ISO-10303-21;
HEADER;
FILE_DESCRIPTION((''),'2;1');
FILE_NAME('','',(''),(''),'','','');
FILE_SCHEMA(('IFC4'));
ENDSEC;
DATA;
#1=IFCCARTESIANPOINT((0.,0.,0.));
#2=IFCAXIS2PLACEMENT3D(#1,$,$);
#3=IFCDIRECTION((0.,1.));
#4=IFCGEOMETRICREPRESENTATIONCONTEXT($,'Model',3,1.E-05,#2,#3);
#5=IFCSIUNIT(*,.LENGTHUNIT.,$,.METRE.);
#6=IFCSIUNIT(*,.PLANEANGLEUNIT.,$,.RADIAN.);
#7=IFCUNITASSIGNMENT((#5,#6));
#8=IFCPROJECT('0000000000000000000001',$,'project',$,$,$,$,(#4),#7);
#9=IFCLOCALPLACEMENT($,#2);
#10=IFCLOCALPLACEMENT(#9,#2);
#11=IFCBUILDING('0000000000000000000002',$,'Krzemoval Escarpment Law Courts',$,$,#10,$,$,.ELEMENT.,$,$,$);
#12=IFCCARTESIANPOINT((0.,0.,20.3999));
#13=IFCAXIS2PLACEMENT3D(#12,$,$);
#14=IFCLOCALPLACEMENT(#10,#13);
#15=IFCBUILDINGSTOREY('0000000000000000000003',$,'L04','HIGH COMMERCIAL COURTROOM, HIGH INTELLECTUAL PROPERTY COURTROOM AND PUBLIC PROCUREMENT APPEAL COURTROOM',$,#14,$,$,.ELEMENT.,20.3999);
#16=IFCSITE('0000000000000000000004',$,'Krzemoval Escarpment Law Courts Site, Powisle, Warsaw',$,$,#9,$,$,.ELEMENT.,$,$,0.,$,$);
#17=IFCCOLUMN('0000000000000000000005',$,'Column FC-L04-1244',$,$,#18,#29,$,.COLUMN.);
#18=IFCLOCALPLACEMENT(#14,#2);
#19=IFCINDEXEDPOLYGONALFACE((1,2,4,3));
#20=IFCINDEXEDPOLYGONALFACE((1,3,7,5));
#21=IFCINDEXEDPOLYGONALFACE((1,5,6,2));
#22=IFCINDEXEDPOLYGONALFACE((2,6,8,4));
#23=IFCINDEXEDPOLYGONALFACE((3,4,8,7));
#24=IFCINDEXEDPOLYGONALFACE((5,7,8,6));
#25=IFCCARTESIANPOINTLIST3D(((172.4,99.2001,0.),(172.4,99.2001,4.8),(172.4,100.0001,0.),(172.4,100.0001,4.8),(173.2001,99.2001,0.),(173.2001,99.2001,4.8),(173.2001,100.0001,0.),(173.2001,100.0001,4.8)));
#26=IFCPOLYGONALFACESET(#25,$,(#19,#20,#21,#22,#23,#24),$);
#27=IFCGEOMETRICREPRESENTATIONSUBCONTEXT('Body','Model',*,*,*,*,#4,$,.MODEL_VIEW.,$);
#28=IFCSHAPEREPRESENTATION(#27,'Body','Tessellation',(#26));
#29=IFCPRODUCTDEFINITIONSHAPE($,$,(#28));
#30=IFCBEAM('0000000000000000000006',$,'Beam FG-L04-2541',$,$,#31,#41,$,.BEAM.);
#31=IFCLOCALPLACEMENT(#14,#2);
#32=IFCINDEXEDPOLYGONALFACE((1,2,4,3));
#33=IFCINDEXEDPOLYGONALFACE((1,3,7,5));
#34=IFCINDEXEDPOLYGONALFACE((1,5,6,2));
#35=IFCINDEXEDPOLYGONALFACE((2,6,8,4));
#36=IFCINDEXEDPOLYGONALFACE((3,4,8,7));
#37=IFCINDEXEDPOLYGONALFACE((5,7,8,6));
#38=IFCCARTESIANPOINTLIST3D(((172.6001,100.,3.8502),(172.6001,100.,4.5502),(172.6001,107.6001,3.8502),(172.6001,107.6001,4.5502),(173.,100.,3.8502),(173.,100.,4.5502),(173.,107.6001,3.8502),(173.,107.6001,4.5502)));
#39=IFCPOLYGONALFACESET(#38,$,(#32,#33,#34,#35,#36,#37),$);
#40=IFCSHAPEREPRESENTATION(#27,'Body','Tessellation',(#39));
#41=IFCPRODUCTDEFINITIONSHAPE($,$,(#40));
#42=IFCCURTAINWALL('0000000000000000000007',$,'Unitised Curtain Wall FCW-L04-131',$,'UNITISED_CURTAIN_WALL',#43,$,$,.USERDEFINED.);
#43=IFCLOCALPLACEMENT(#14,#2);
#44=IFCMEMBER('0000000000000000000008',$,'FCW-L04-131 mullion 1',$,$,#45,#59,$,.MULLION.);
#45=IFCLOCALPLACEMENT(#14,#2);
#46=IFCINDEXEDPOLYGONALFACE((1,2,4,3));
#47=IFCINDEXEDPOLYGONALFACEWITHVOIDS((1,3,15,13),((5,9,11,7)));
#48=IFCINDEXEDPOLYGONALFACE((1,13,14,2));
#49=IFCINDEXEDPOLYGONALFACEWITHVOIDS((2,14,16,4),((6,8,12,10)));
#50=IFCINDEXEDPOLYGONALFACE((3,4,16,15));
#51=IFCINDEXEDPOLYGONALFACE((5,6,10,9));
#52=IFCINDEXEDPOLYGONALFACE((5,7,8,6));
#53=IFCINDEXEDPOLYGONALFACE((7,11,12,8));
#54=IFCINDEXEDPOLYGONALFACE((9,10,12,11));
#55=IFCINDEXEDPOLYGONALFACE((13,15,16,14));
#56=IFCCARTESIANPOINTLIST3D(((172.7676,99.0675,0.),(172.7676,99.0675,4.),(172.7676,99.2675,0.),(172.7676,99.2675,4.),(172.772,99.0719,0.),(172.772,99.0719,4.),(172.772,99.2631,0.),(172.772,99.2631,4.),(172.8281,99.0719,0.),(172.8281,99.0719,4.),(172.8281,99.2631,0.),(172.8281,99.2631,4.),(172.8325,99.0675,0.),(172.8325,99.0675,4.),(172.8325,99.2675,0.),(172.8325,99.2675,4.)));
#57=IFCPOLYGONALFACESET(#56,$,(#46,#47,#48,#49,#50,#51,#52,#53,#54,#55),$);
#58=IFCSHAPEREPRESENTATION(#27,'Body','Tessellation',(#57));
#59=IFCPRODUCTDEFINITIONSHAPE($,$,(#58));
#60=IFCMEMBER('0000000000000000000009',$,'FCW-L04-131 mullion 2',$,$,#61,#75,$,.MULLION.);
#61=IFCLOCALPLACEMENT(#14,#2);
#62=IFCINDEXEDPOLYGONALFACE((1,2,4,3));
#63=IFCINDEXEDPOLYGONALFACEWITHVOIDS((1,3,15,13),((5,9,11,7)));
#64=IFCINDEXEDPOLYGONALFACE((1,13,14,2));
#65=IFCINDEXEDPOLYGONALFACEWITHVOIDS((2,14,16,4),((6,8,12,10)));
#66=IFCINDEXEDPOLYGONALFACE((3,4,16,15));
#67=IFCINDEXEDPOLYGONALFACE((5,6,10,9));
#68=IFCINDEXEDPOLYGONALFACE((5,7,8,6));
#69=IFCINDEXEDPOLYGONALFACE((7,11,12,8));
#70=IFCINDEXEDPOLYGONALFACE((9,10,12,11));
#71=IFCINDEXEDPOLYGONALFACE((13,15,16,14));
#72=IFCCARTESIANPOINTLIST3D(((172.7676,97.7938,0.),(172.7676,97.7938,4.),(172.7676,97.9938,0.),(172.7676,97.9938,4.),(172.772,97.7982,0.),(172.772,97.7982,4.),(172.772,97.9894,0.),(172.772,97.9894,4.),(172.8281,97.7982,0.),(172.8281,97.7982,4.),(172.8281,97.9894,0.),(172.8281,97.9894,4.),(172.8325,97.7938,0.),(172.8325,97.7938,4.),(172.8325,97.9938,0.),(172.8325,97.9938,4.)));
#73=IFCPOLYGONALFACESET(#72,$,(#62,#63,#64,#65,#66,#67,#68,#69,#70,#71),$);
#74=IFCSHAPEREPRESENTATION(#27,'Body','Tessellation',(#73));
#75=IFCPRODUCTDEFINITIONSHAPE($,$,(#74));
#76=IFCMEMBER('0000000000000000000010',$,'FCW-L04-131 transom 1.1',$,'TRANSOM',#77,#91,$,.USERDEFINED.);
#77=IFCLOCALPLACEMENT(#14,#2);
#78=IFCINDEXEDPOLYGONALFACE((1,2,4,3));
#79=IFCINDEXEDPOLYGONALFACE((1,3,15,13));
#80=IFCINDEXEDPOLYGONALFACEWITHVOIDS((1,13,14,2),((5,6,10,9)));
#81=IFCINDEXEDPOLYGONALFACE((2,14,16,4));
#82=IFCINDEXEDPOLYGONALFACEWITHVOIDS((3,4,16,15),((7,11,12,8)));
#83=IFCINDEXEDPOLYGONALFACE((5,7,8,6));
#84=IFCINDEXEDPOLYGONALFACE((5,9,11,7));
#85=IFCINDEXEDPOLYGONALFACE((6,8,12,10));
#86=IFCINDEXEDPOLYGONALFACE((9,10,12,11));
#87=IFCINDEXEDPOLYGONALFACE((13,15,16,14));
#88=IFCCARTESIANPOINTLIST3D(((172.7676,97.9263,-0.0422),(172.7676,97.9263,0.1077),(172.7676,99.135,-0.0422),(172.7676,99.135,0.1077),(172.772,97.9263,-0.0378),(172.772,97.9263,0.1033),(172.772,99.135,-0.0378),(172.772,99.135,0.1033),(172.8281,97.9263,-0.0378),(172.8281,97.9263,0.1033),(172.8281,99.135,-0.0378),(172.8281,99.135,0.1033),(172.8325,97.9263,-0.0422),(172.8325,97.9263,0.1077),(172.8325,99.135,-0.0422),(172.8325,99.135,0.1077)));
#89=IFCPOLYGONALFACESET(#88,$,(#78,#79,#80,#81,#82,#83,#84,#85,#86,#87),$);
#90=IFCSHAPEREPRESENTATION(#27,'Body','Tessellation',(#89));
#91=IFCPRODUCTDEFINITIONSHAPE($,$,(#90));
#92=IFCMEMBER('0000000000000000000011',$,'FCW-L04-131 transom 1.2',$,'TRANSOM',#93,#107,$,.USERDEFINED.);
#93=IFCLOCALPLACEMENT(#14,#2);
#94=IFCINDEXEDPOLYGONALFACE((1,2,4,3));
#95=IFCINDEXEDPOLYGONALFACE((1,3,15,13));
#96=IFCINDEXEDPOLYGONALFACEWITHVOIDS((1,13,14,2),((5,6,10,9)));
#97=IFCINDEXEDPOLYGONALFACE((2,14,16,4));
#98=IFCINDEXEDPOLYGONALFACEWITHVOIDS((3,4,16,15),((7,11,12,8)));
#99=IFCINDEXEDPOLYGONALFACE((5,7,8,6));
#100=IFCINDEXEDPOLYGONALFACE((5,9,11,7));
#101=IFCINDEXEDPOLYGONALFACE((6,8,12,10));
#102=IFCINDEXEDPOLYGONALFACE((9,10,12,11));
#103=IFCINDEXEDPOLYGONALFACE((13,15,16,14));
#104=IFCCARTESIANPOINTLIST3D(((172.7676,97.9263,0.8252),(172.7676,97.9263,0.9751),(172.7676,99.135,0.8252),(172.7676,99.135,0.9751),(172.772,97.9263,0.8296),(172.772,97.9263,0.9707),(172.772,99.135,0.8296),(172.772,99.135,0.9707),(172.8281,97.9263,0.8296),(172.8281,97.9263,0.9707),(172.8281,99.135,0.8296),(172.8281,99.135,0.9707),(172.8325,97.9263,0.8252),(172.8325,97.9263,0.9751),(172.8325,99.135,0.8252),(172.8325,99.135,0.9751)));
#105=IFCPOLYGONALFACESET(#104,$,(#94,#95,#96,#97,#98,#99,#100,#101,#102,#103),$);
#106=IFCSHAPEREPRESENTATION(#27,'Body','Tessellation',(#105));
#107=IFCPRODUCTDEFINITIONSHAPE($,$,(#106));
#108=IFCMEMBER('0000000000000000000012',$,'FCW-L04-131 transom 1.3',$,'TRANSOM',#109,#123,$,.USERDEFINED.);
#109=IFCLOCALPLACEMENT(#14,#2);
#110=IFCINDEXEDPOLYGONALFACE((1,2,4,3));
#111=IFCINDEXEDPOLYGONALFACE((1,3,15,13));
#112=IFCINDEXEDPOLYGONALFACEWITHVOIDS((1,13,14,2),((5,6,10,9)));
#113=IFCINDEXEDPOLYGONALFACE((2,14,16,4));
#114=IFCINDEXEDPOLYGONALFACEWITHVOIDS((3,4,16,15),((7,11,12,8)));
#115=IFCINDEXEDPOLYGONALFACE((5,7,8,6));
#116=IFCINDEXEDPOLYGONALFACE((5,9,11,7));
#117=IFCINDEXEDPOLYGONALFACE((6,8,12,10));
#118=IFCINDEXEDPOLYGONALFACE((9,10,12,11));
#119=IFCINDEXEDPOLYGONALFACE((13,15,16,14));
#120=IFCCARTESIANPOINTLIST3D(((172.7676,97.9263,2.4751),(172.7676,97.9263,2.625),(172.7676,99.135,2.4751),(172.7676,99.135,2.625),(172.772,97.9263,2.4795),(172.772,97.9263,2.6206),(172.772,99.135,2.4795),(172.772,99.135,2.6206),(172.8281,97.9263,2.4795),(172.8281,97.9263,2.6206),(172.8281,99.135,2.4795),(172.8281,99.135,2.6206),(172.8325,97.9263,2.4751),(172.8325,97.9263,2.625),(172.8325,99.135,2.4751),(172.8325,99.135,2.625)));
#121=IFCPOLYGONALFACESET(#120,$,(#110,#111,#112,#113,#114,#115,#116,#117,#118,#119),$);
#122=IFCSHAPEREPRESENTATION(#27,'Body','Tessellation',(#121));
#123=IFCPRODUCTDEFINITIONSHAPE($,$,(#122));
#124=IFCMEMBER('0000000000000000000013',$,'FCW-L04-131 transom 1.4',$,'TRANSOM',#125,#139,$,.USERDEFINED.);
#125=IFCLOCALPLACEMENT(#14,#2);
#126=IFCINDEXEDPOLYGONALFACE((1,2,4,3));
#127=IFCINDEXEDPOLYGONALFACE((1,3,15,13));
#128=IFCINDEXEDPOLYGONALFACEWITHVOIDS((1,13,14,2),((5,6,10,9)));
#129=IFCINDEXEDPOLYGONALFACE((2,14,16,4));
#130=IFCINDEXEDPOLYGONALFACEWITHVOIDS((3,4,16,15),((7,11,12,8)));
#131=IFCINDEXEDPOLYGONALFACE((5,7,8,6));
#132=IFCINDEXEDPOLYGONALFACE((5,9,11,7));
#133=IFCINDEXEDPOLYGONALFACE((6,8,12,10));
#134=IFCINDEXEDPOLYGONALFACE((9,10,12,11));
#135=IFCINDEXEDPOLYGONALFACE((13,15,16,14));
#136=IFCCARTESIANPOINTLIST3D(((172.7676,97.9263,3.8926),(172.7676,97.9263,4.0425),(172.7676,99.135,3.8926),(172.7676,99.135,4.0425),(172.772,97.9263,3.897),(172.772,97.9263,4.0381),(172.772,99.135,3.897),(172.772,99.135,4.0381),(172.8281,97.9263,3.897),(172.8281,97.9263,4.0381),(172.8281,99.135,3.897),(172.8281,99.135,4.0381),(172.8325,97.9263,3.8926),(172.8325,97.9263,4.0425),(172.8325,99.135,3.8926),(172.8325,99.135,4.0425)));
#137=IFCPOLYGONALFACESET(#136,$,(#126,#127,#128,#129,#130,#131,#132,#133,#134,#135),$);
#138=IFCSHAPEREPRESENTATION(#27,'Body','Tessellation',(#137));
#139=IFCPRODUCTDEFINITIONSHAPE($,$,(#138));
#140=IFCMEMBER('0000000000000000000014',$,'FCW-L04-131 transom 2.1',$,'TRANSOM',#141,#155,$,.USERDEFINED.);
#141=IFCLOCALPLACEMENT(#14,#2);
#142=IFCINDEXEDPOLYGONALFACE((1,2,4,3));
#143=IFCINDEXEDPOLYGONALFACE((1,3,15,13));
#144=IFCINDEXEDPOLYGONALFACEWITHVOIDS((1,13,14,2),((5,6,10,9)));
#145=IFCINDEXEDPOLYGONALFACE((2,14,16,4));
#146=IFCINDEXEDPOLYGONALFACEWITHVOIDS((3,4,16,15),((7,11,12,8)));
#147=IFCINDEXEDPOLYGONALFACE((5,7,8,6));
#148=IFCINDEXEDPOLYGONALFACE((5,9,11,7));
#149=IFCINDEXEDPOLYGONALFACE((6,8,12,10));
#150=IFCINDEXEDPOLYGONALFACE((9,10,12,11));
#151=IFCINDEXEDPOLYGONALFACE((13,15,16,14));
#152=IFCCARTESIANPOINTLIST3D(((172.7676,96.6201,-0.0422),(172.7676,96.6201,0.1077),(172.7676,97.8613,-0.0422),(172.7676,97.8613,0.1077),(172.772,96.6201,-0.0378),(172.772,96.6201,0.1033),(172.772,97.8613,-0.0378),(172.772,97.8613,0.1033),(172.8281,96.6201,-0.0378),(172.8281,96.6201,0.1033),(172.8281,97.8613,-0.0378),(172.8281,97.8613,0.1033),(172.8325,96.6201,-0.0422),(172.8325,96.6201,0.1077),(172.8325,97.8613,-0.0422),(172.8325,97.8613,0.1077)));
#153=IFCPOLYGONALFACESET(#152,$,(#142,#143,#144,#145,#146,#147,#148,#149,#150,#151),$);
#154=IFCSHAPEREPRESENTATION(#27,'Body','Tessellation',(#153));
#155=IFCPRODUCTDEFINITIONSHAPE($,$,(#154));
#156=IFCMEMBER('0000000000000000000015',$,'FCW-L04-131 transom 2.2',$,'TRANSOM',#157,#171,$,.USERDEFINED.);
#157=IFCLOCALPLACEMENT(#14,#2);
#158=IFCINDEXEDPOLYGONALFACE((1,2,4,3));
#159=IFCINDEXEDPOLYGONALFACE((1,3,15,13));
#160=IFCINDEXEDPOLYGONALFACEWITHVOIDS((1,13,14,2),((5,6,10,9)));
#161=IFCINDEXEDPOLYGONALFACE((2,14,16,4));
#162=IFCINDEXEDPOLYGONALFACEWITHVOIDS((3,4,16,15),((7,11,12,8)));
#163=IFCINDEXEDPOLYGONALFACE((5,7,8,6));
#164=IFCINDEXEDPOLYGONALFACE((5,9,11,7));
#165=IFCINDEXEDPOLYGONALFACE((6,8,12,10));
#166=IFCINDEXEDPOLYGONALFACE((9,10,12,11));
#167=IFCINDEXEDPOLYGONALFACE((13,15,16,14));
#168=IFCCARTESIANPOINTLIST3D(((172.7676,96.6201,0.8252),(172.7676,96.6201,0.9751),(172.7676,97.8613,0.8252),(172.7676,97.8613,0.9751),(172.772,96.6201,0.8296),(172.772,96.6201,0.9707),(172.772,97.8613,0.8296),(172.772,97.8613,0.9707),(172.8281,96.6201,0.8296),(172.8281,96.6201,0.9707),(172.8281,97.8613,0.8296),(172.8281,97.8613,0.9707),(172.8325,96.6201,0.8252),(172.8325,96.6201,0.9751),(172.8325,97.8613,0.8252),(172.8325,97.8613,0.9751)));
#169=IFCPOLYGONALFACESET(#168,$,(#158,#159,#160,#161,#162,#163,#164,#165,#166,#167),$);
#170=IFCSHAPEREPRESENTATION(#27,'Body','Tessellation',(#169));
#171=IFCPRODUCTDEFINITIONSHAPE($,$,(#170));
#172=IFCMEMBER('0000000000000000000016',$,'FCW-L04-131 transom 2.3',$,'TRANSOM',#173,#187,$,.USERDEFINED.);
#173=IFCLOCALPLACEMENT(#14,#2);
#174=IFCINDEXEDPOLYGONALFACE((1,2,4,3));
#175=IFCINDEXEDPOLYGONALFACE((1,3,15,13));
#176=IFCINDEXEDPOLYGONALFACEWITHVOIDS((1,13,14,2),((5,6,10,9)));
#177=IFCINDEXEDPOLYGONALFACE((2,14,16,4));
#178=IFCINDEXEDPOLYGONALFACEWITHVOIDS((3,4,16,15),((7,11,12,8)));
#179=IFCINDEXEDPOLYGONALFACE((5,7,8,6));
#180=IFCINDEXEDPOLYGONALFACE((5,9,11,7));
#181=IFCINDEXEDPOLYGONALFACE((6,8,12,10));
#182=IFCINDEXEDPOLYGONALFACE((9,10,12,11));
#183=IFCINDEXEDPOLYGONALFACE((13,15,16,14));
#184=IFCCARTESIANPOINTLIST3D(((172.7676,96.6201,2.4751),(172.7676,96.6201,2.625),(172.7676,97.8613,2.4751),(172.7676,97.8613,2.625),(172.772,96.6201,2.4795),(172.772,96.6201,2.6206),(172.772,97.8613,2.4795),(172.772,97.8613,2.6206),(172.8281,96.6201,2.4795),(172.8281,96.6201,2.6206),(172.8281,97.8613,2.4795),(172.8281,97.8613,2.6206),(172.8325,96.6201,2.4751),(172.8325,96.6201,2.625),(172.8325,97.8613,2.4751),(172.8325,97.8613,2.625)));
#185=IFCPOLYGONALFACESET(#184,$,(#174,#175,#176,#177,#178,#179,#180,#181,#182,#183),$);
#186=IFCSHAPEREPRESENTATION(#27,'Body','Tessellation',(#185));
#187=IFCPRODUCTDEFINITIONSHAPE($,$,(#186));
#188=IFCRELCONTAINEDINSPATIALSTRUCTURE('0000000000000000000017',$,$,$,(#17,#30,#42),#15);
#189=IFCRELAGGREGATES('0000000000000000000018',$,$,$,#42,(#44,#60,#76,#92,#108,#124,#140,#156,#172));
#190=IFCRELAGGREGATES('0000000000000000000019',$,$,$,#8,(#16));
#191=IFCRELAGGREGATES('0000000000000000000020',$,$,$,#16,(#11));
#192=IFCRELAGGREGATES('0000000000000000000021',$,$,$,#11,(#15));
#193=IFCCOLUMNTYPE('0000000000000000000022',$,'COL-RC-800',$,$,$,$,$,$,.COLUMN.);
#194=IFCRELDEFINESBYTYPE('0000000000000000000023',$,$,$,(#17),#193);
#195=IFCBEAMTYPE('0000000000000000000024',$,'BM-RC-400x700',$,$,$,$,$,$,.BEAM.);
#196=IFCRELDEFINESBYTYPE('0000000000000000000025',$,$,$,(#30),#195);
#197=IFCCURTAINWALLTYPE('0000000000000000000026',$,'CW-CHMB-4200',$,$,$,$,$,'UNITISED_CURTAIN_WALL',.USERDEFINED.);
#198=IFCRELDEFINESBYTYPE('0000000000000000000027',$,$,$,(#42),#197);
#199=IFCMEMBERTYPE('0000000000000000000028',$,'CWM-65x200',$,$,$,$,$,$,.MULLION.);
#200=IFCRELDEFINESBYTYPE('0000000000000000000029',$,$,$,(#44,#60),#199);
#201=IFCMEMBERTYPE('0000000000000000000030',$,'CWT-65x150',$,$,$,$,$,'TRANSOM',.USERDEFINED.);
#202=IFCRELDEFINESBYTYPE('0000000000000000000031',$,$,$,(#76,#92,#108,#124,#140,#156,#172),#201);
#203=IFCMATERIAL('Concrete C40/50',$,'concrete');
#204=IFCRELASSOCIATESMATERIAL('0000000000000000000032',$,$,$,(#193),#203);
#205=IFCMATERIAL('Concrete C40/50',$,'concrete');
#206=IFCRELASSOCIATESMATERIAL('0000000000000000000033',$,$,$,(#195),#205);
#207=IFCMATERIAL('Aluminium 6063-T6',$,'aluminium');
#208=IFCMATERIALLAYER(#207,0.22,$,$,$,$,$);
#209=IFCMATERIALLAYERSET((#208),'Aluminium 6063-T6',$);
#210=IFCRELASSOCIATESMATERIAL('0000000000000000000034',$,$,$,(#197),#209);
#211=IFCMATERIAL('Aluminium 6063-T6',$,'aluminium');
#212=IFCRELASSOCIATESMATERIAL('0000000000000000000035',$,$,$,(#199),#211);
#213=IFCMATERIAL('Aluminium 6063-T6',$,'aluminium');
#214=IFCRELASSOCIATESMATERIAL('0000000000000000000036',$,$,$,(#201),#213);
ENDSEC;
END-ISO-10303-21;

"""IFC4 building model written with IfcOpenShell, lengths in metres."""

from ifc_helpers import new_model, si_unit, direction, frame, origin, origin_2d, place, context, subcontext, project, spatial, rectangle, hollow_rectangle, extrude, material, layer, layer_set, material_profile, profile_set, type_object, element, aggregate, save


model = new_model("IFC4")

# Units and contexts
model_context = context("Model", 3, precision=1e-05, world=origin(), true_north=direction((0.0, 1.0)))
body_context = subcontext(model_context, "Body", "Model", "MODEL_VIEW")
ifc_project = project(units=[si_unit("LENGTHUNIT", "METRE"), si_unit("PLANEANGLEUNIT", "RADIAN")], contexts=[model_context])

# Site, building, storey
site_placement = place(None, origin())
site = spatial("IfcSite", under=ifc_project, at=site_placement, Name="Krzemoval Escarpment Law Courts Site, Powisle, Warsaw", CompositionType="ELEMENT", RefElevation=0.0)
building_placement = place(site_placement, origin())
building = spatial("IfcBuilding", under=site, at=building_placement, Name="Krzemoval Escarpment Law Courts", CompositionType="ELEMENT")
storey_placement = place(building_placement, frame((0.0, 0.0, 20.3999)))
storey = spatial("IfcBuildingStorey", under=building, at=storey_placement, Name="L04", Description="HIGH COMMERCIAL COURTROOM, HIGH INTELLECTUAL PROPERTY COURTROOM AND PUBLIC PROCUREMENT APPEAL COURTROOM", CompositionType="ELEMENT", Elevation=20.3999)

# Column
ifc_material_1 = material(Name="Concrete C40/50", Category="concrete")
ifc_material_profile_1 = material_profile(ifc_material_1, rectangle(XDim=0.8, YDim=0.8, at=origin_2d()), Name="RC 800x800")
ifc_profile_set_1 = profile_set([ifc_material_profile_1], Name="Concrete C40/50")
column_type = type_object("IfcColumnType", Name="COL-RC-800", PredefinedType="COLUMN", material=ifc_profile_set_1)
column_placement = place(storey_placement, frame((172.8, 99.6001, 0.0), z_axis=(0.0, 0.0, 1.0), x_axis=(1.0, 0.0, 0.0)))
element("IfcColumn", 1, at=column_placement, inside=storey, type_object=column_type, Name="Column FC-L04-1244", PredefinedType="COLUMN", context=body_context, shape_type="SweptSolid", body=[
    extrude(rectangle(XDim=0.8, YDim=0.8, at=origin_2d()), origin(), (0.0, 0.0, 1.0), 4.8),
])

# Beam
ifc_material_2 = material(Name="Concrete C40/50", Category="concrete")
ifc_material_profile_2 = material_profile(ifc_material_2, rectangle(XDim=0.3999, YDim=0.7, at=origin_2d()), Name="RCB 400x700")
ifc_profile_set_2 = profile_set([ifc_material_profile_2], Name="Concrete C40/50")
beam_type = type_object("IfcBeamType", Name="BM-RC-400x700", PredefinedType="BEAM", material=ifc_profile_set_2)
beam_placement = place(storey_placement, frame((172.8, 100.0, 4.2002), z_axis=(0.0, 1.0, 0.0), x_axis=(-1.0, 0.0, 0.0)))
element("IfcBeam", 2, at=beam_placement, inside=storey, type_object=beam_type, Name="Beam FG-L04-2541", PredefinedType="BEAM", context=body_context, shape_type="SweptSolid", body=[
    extrude(rectangle(XDim=0.3999, YDim=0.7, at=origin_2d()), origin(), (0.0, 0.0, 1.0), 7.6001),
])

# Curtain wall, members
ifc_material_3 = material(Name="Aluminium 6063-T6", Category="aluminium")
ifc_layer_1 = layer(ifc_material_3, 0.22)
ifc_layer_set_1 = layer_set([ifc_layer_1], Name="Aluminium 6063-T6")
curtain_wall_type = type_object("IfcCurtainWallType", Name="CW-CHMB-4200", ElementType="UNITISED_CURTAIN_WALL", PredefinedType="USERDEFINED", material=ifc_layer_set_1)
curtain_wall_placement = place(storey_placement, origin())
curtain_wall = element("IfcCurtainWall", 3, at=curtain_wall_placement, inside=storey, type_object=curtain_wall_type, Name="Unitised Curtain Wall FCW-L04-131", ObjectType="UNITISED_CURTAIN_WALL", PredefinedType="USERDEFINED")
ifc_material_4 = material(Name="Aluminium 6063-T6", Category="aluminium")
ifc_material_profile_3 = material_profile(ifc_material_4, hollow_rectangle(XDim=0.0649, YDim=0.2, WallThickness=0.0044, at=origin_2d()), Name="ALU M65x200")
ifc_profile_set_3 = profile_set([ifc_material_profile_3], Name="Aluminium 6063-T6")
member_type_1 = type_object("IfcMemberType", Name="CWM-65x200", PredefinedType="MULLION", material=ifc_profile_set_3)
member_1_placement = place(storey_placement, frame((172.8, 99.1675, 0.0), z_axis=(0.0, 0.0, 1.0), x_axis=(1.0, 0.0, 0.0)))
member_1 = element("IfcMember", 4, at=member_1_placement, type_object=member_type_1, Name="FCW-L04-131 mullion 1", PredefinedType="MULLION", context=body_context, shape_type="SweptSolid", body=[
    extrude(hollow_rectangle(XDim=0.0649, YDim=0.2, WallThickness=0.0044, at=origin_2d()), origin(), (0.0, 0.0, 1.0), 4.0),
])
member_2_placement = place(storey_placement, frame((172.8, 97.8938, 0.0), z_axis=(0.0, 0.0, 1.0), x_axis=(1.0, 0.0, 0.0)))
member_2 = element("IfcMember", 5, at=member_2_placement, type_object=member_type_1, Name="FCW-L04-131 mullion 2", PredefinedType="MULLION", context=body_context, shape_type="SweptSolid", body=[
    extrude(hollow_rectangle(XDim=0.0649, YDim=0.2, WallThickness=0.0044, at=origin_2d()), origin(), (0.0, 0.0, 1.0), 4.0),
])
ifc_material_5 = material(Name="Aluminium 6063-T6", Category="aluminium")
ifc_material_profile_4 = material_profile(ifc_material_5, hollow_rectangle(XDim=0.0649, YDim=0.1499, WallThickness=0.0044, at=origin_2d()), Name="ALU T65x150")
ifc_profile_set_4 = profile_set([ifc_material_profile_4], Name="Aluminium 6063-T6")
member_type_2 = type_object("IfcMemberType", Name="CWT-65x150", ElementType="TRANSOM", PredefinedType="USERDEFINED", material=ifc_profile_set_4)
member_3_placement = place(storey_placement, frame((172.8, 99.135, 0.0327), z_axis=(0.0, -1.0, 0.0), x_axis=(1.0, 0.0, 0.0)))
member_3 = element("IfcMember", 6, at=member_3_placement, type_object=member_type_2, Name="FCW-L04-131 transom 1.1", ObjectType="TRANSOM", PredefinedType="USERDEFINED", context=body_context, shape_type="SweptSolid", body=[
    extrude(hollow_rectangle(XDim=0.0649, YDim=0.1499, WallThickness=0.0044, at=origin_2d()), origin(), (0.0, 0.0, 1.0), 1.2087),
])
member_4_placement = place(storey_placement, frame((172.8, 99.135, 0.9001), z_axis=(0.0, -1.0, 0.0), x_axis=(1.0, 0.0, 0.0)))
member_4 = element("IfcMember", 7, at=member_4_placement, type_object=member_type_2, Name="FCW-L04-131 transom 1.2", ObjectType="TRANSOM", PredefinedType="USERDEFINED", context=body_context, shape_type="SweptSolid", body=[
    extrude(hollow_rectangle(XDim=0.0649, YDim=0.1499, WallThickness=0.0044, at=origin_2d()), origin(), (0.0, 0.0, 1.0), 1.2087),
])
member_5_placement = place(storey_placement, frame((172.8, 99.135, 2.55), z_axis=(0.0, -1.0, 0.0), x_axis=(1.0, 0.0, 0.0)))
member_5 = element("IfcMember", 8, at=member_5_placement, type_object=member_type_2, Name="FCW-L04-131 transom 1.3", ObjectType="TRANSOM", PredefinedType="USERDEFINED", context=body_context, shape_type="SweptSolid", body=[
    extrude(hollow_rectangle(XDim=0.0649, YDim=0.1499, WallThickness=0.0044, at=origin_2d()), origin(), (0.0, 0.0, 1.0), 1.2087),
])
member_6_placement = place(storey_placement, frame((172.8, 99.135, 3.9675), z_axis=(0.0, -1.0, 0.0), x_axis=(1.0, 0.0, 0.0)))
member_6 = element("IfcMember", 9, at=member_6_placement, type_object=member_type_2, Name="FCW-L04-131 transom 1.4", ObjectType="TRANSOM", PredefinedType="USERDEFINED", context=body_context, shape_type="SweptSolid", body=[
    extrude(hollow_rectangle(XDim=0.0649, YDim=0.1499, WallThickness=0.0044, at=origin_2d()), origin(), (0.0, 0.0, 1.0), 1.2087),
])
member_7_placement = place(storey_placement, frame((172.8, 97.8613, 0.0327), z_axis=(0.0, -1.0, 0.0), x_axis=(1.0, 0.0, 0.0)))
member_7 = element("IfcMember", 10, at=member_7_placement, type_object=member_type_2, Name="FCW-L04-131 transom 2.1", ObjectType="TRANSOM", PredefinedType="USERDEFINED", context=body_context, shape_type="SweptSolid", body=[
    extrude(hollow_rectangle(XDim=0.0649, YDim=0.1499, WallThickness=0.0044, at=origin_2d()), origin(), (0.0, 0.0, 1.0), 1.2412),
])
member_8_placement = place(storey_placement, frame((172.8, 97.8613, 0.9001), z_axis=(0.0, -1.0, 0.0), x_axis=(1.0, 0.0, 0.0)))
member_8 = element("IfcMember", 11, at=member_8_placement, type_object=member_type_2, Name="FCW-L04-131 transom 2.2", ObjectType="TRANSOM", PredefinedType="USERDEFINED", context=body_context, shape_type="SweptSolid", body=[
    extrude(hollow_rectangle(XDim=0.0649, YDim=0.1499, WallThickness=0.0044, at=origin_2d()), origin(), (0.0, 0.0, 1.0), 1.2412),
])
member_9_placement = place(storey_placement, frame((172.8, 97.8613, 2.55), z_axis=(0.0, -1.0, 0.0), x_axis=(1.0, 0.0, 0.0)))
member_9 = element("IfcMember", 12, at=member_9_placement, type_object=member_type_2, Name="FCW-L04-131 transom 2.3", ObjectType="TRANSOM", PredefinedType="USERDEFINED", context=body_context, shape_type="SweptSolid", body=[
    extrude(hollow_rectangle(XDim=0.0649, YDim=0.1499, WallThickness=0.0044, at=origin_2d()), origin(), (0.0, 0.0, 1.0), 1.2412),
])

aggregate(curtain_wall, [member_1, member_2, member_3, member_4, member_5, member_6, member_7, member_8, member_9])

save(model, "model.ifc")
